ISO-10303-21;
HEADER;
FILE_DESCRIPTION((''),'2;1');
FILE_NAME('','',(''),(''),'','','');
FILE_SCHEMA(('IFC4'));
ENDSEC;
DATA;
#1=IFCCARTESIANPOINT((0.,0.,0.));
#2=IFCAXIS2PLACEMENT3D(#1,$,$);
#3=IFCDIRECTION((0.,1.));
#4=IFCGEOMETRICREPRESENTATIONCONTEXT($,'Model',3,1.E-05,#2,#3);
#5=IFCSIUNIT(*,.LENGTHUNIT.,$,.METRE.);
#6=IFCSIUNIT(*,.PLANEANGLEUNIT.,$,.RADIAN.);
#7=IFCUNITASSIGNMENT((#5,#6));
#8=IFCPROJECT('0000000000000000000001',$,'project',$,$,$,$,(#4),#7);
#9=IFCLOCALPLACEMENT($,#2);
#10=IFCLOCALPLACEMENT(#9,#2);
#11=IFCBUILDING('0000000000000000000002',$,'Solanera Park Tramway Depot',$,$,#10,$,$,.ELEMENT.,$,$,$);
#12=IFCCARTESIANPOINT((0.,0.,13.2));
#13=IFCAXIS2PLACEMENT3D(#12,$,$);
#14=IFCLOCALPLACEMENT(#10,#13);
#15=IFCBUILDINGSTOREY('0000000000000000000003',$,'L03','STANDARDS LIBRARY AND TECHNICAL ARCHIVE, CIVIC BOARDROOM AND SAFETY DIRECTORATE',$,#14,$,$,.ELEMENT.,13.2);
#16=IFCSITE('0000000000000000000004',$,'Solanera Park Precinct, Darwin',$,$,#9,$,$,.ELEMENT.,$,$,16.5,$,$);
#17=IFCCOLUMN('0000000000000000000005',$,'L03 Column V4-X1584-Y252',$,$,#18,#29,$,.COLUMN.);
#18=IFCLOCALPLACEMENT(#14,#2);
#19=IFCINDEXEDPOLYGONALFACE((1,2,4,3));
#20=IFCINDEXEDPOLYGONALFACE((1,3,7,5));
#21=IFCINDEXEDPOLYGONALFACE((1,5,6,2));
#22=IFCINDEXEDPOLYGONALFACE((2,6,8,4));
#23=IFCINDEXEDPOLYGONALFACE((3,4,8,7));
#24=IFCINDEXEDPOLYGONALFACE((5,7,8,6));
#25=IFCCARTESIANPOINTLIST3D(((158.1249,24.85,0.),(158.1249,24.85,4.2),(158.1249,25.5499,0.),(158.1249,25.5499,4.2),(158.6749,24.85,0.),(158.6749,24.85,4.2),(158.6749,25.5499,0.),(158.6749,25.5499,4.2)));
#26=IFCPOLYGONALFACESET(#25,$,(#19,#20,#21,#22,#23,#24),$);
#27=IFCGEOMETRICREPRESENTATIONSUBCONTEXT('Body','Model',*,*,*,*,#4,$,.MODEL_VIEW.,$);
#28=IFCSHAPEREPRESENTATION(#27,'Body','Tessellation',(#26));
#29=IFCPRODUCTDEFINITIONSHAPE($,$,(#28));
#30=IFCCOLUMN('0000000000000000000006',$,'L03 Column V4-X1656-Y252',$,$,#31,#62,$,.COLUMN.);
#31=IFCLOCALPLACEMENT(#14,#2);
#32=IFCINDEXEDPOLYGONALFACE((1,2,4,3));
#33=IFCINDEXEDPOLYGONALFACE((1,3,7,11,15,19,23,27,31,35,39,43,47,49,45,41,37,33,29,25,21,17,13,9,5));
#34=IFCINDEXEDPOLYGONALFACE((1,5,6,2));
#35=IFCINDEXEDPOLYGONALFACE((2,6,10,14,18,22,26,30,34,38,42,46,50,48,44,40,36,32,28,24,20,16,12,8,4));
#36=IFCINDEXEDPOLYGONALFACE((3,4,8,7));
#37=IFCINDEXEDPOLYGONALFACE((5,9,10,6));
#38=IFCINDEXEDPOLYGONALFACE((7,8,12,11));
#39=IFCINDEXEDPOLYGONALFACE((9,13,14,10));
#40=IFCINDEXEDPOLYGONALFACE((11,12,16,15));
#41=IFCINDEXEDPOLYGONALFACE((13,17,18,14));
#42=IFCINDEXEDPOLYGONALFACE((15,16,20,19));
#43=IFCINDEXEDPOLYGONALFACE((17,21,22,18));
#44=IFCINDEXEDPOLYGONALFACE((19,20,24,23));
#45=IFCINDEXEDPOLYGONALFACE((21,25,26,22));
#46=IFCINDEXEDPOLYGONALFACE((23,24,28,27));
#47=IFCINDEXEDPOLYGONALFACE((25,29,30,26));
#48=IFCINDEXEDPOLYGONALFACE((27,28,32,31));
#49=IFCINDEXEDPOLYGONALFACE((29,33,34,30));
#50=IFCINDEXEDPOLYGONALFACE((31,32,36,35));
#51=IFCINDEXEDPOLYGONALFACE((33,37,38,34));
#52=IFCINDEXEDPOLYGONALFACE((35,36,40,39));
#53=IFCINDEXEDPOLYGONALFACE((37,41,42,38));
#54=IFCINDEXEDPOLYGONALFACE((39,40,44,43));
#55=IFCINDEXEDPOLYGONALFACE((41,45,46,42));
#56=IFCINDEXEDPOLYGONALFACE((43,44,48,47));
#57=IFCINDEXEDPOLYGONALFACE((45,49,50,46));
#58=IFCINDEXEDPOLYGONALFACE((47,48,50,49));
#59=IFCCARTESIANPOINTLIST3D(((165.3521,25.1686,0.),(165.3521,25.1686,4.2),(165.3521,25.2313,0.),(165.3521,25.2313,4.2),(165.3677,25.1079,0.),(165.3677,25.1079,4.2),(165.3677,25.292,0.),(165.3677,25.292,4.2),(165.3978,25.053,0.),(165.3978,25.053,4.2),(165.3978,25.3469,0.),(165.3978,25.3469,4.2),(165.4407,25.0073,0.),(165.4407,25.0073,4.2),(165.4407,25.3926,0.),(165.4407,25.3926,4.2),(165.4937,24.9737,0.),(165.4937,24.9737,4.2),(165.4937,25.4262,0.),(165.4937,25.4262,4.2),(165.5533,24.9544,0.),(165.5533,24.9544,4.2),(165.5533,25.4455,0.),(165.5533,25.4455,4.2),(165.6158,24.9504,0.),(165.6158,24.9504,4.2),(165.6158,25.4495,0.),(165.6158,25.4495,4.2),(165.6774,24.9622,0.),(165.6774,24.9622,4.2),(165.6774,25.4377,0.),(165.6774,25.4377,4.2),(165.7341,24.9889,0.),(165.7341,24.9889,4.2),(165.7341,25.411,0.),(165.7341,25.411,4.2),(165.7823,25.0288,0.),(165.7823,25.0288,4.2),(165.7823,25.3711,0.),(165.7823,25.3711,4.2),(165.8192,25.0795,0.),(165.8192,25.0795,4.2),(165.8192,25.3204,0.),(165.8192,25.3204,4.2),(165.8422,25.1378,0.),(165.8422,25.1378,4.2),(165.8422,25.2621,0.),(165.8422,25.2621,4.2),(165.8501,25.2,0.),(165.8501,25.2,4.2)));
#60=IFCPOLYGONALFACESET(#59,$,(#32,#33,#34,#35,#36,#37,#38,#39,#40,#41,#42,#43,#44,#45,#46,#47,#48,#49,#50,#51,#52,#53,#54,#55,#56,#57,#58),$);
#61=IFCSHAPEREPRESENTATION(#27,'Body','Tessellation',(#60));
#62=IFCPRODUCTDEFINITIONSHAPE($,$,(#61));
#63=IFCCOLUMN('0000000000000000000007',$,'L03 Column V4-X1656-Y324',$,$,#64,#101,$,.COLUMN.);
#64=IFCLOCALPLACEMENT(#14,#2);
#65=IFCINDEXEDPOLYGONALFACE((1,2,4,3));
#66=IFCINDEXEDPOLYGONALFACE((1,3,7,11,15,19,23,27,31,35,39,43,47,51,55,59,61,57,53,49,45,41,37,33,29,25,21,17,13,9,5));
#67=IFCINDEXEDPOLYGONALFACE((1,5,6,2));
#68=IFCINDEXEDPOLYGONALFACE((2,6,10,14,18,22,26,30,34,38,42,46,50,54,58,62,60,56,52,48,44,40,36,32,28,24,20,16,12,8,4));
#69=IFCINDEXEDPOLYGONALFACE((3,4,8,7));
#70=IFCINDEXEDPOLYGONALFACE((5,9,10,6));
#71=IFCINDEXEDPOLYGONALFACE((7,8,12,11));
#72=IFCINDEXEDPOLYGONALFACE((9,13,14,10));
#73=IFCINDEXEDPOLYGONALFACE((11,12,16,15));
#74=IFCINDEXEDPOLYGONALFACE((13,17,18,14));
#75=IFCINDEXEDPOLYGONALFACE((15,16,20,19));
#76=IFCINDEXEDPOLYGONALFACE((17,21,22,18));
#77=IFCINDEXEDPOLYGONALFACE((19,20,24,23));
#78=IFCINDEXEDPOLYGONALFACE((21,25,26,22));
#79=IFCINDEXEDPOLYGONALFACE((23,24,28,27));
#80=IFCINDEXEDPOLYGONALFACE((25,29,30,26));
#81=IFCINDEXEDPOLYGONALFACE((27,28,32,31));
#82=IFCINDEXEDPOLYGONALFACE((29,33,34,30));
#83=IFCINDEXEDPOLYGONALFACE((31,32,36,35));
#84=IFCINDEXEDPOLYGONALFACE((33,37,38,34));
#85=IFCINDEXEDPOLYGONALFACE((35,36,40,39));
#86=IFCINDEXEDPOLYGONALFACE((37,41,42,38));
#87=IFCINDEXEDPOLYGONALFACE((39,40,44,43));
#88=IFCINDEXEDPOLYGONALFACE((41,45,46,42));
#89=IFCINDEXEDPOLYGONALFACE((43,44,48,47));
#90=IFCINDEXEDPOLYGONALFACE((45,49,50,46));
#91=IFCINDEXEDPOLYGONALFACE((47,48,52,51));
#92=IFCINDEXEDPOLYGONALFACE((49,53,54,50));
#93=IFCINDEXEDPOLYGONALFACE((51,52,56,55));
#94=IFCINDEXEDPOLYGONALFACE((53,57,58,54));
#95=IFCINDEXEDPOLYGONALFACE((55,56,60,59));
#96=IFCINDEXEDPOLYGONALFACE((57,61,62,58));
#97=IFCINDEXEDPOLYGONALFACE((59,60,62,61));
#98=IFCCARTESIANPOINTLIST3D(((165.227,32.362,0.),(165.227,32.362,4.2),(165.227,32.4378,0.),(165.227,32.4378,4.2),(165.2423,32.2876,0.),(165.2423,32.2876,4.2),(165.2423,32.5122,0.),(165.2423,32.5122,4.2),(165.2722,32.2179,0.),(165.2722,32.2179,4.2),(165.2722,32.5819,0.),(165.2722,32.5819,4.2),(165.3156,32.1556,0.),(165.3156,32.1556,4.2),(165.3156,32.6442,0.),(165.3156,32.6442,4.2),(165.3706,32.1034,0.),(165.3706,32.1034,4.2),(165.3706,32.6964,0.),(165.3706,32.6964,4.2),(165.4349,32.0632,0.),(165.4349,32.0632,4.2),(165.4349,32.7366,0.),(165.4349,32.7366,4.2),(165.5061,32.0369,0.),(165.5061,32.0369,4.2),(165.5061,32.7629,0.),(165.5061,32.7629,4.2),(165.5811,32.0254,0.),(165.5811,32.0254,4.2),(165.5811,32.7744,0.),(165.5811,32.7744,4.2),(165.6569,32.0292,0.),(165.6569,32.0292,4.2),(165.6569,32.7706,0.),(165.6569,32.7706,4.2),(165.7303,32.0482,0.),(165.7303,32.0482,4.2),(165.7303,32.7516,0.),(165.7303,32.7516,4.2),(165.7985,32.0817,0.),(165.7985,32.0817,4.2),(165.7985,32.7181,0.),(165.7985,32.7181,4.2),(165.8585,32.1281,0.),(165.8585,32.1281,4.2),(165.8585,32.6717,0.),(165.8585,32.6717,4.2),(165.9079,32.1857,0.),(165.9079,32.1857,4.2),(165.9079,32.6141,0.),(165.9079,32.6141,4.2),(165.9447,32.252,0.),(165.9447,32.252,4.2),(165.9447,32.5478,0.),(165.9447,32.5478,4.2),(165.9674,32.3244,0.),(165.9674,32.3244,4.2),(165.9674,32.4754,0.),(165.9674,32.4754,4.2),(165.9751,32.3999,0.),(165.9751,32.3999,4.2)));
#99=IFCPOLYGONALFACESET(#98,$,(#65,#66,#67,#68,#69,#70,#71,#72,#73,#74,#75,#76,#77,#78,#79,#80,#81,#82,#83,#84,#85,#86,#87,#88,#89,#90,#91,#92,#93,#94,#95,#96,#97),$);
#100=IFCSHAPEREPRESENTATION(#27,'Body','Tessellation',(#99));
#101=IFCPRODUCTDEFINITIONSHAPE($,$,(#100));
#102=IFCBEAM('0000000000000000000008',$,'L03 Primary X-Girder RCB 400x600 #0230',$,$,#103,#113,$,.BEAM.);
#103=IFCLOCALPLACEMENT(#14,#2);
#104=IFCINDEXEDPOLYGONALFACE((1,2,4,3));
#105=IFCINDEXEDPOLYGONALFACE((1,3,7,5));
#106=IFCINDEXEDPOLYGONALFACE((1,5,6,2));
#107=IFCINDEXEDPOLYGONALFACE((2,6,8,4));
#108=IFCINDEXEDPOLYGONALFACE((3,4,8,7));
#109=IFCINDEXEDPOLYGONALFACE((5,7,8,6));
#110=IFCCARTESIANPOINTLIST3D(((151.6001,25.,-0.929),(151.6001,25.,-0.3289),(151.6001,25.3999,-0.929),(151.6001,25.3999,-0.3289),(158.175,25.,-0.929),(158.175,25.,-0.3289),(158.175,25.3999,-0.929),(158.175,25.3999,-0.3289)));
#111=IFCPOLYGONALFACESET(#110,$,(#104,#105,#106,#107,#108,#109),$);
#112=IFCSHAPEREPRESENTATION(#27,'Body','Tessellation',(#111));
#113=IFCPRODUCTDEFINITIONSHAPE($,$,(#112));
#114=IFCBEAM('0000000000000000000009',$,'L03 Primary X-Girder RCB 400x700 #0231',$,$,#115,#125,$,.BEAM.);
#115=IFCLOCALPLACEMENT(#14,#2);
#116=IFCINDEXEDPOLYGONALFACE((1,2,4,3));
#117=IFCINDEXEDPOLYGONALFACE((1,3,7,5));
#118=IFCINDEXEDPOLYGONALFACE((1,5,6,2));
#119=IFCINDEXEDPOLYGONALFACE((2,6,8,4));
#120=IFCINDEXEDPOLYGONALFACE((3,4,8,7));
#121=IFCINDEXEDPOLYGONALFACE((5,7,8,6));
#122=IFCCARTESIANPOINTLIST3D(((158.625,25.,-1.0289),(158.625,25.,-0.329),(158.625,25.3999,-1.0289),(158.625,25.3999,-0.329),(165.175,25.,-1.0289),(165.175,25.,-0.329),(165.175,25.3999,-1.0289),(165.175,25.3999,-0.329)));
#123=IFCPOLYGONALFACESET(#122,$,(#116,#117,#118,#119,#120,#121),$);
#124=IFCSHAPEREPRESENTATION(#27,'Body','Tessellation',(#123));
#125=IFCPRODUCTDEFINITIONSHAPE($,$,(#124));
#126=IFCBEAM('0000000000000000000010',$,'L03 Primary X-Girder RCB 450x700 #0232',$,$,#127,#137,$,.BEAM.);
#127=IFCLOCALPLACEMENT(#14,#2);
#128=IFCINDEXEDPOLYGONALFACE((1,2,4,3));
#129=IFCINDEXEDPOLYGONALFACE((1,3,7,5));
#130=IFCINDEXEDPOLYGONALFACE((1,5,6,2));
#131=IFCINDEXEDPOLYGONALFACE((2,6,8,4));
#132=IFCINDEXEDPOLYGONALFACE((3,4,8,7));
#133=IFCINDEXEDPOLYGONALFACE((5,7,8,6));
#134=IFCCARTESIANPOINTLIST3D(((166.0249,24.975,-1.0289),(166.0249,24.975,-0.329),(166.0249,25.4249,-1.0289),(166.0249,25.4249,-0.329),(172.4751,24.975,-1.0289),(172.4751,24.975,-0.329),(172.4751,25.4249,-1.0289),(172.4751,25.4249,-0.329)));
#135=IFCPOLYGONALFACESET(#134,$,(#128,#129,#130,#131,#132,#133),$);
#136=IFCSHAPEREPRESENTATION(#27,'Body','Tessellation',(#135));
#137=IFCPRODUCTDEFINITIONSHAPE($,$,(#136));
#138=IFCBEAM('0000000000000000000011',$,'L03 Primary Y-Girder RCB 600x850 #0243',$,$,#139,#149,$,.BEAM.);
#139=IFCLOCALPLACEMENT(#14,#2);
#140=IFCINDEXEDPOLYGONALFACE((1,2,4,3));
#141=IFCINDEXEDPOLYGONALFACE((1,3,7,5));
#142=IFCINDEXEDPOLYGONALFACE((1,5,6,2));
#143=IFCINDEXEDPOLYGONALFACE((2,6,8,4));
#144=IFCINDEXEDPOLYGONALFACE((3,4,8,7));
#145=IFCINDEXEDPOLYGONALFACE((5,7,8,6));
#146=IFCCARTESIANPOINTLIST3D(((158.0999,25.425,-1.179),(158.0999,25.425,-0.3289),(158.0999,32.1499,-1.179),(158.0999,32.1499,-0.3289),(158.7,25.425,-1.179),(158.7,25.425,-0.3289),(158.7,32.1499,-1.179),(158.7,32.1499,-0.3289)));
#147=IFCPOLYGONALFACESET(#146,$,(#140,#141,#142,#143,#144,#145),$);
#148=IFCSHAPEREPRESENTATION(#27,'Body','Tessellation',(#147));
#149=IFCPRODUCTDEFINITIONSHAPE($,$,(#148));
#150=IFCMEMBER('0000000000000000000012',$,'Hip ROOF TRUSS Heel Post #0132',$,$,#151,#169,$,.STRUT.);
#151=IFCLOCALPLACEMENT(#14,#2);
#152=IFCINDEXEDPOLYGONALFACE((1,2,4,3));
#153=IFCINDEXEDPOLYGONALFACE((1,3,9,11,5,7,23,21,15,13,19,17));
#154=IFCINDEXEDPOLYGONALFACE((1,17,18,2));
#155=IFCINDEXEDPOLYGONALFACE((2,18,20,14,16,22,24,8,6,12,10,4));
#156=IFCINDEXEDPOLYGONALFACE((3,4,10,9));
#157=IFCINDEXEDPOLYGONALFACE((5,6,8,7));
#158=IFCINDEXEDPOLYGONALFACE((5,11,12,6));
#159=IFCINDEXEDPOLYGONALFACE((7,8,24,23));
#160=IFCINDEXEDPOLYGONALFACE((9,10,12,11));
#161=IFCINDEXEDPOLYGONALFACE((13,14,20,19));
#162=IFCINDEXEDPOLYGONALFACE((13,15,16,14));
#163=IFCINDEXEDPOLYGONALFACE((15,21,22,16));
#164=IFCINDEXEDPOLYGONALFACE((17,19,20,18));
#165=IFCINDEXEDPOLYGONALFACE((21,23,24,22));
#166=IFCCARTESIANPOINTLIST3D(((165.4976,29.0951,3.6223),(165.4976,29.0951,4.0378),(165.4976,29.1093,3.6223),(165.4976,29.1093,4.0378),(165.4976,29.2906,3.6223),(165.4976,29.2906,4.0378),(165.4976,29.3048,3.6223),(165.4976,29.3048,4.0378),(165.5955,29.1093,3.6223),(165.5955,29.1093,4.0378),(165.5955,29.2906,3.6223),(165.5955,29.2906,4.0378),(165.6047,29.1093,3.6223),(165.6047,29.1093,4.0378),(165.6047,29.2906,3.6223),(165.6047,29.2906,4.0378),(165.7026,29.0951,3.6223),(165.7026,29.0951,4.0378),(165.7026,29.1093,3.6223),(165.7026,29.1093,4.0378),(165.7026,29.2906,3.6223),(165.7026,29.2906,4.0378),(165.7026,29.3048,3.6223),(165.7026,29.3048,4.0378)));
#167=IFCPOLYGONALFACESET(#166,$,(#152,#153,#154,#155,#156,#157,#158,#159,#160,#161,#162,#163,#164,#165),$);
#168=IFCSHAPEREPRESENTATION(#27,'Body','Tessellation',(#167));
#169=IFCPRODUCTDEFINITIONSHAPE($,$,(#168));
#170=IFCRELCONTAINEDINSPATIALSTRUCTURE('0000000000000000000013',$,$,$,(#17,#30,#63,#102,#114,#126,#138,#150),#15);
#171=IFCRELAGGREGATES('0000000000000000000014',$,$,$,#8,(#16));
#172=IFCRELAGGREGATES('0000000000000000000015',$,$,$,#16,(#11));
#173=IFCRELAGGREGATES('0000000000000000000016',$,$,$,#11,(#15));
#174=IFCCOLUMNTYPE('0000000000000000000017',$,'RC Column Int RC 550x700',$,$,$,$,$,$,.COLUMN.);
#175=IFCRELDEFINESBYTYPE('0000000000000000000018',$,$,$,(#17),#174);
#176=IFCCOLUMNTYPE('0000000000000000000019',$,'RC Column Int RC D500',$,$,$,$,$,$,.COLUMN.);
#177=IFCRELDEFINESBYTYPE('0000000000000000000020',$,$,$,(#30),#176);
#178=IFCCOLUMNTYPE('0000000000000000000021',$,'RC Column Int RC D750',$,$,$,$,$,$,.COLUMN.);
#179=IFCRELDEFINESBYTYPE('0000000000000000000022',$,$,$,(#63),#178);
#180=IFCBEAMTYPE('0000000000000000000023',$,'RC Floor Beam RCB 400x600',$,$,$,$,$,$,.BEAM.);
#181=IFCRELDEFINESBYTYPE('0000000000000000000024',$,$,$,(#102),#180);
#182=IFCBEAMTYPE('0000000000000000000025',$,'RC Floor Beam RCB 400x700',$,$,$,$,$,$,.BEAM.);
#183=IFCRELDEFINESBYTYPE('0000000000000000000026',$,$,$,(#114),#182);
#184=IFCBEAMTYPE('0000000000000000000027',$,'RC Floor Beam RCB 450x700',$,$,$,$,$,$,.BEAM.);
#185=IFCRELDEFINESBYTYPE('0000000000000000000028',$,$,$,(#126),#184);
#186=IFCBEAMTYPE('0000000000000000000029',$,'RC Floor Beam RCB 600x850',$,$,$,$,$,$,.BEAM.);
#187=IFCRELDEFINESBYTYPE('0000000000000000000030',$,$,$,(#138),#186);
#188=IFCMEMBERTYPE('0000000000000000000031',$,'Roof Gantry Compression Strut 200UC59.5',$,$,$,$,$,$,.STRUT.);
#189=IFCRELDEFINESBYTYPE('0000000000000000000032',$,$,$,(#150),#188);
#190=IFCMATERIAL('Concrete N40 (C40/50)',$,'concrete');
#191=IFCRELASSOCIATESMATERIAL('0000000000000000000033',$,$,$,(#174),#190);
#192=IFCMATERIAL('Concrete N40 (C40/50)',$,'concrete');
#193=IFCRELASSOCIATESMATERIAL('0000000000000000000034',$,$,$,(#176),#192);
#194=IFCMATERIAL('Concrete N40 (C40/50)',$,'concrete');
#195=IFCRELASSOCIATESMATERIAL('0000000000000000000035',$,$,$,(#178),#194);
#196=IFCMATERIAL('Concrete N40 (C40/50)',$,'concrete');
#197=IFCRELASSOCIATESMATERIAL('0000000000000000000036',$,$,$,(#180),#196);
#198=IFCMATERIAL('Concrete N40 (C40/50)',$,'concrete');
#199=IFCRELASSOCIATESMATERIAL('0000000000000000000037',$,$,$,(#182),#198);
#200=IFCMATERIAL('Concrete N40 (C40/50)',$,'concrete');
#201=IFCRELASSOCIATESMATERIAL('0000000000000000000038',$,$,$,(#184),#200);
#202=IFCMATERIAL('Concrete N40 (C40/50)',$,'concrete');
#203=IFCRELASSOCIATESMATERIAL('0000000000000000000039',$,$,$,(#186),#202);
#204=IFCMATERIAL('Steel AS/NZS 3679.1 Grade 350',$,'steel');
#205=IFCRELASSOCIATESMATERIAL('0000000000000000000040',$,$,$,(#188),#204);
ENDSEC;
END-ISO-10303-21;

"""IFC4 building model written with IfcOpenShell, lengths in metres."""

from ifc_helpers import new_model, si_unit, direction, frame, origin, origin_2d, place, context, subcontext, project, spatial, rectangle, circle, i_section, extrude, material, material_profile, profile_set, type_object, element, save


model = new_model("IFC4")

# Units and contexts
model_context = context("Model", 3, precision=1e-05, world=origin(), true_north=direction((0.0, 1.0)))
body_context = subcontext(model_context, "Body", "Model", "MODEL_VIEW")
ifc_project = project(units=[si_unit("LENGTHUNIT", "METRE"), si_unit("PLANEANGLEUNIT", "RADIAN")], contexts=[model_context])

# Site, building, storey
site_placement = place(None, origin())
site = spatial("IfcSite", under=ifc_project, at=site_placement, Name="Solanera Park Precinct, Darwin", CompositionType="ELEMENT", RefElevation=16.5)
building_placement = place(site_placement, origin())
building = spatial("IfcBuilding", under=site, at=building_placement, Name="Solanera Park Tramway Depot", CompositionType="ELEMENT")
storey_placement = place(building_placement, frame((0.0, 0.0, 13.2)))
storey = spatial("IfcBuildingStorey", under=building, at=storey_placement, Name="L03", Description="STANDARDS LIBRARY AND TECHNICAL ARCHIVE, CIVIC BOARDROOM AND SAFETY DIRECTORATE", CompositionType="ELEMENT", Elevation=13.2)

# Columns
ifc_material_1 = material(Name="Concrete N40 (C40/50)", Category="concrete")
ifc_material_profile_1 = material_profile(ifc_material_1, rectangle(XDim=0.55, YDim=0.7, at=origin_2d()), Name="RC 550x700")
ifc_profile_set_1 = profile_set([ifc_material_profile_1], Name="Concrete N40 (C40/50)")
column_type_1 = type_object("IfcColumnType", Name="RC Column Int RC 550x700", PredefinedType="COLUMN", material=ifc_profile_set_1)
column_1_placement = place(storey_placement, frame((158.3999, 25.2, 0.0), z_axis=(0.0, 0.0, 1.0), x_axis=(1.0, 0.0, 0.0)))
element("IfcColumn", 1, at=column_1_placement, inside=storey, type_object=column_type_1, Name="L03 Column V4-X1584-Y252", PredefinedType="COLUMN", context=body_context, shape_type="SweptSolid", body=[
    extrude(rectangle(XDim=0.55, YDim=0.7, at=origin_2d()), origin(), (0.0, 0.0, 1.0), 4.2),
])
ifc_material_2 = material(Name="Concrete N40 (C40/50)", Category="concrete")
ifc_material_profile_2 = material_profile(ifc_material_2, circle(Radius=0.25, at=origin_2d()), Name="RC D500")
ifc_profile_set_2 = profile_set([ifc_material_profile_2], Name="Concrete N40 (C40/50)")
column_type_2 = type_object("IfcColumnType", Name="RC Column Int RC D500", PredefinedType="COLUMN", material=ifc_profile_set_2)
column_2_placement = place(storey_placement, frame((165.6001, 25.2, 0.0), z_axis=(0.0, 0.0, 1.0), x_axis=(1.0, 0.0, 0.0)))
element("IfcColumn", 2, at=column_2_placement, inside=storey, type_object=column_type_2, Name="L03 Column V4-X1656-Y252", PredefinedType="COLUMN", context=body_context, shape_type="SweptSolid", body=[
    extrude(circle(Radius=0.25, at=origin_2d()), origin(), (0.0, 0.0, 1.0), 4.2),
])
ifc_material_3 = material(Name="Concrete N40 (C40/50)", Category="concrete")
ifc_material_profile_3 = material_profile(ifc_material_3, circle(Radius=0.375, at=origin_2d()), Name="RC D750")
ifc_profile_set_3 = profile_set([ifc_material_profile_3], Name="Concrete N40 (C40/50)")
column_type_3 = type_object("IfcColumnType", Name="RC Column Int RC D750", PredefinedType="COLUMN", material=ifc_profile_set_3)
column_3_placement = place(storey_placement, frame((165.6001, 32.3999, 0.0), z_axis=(0.0, 0.0, 1.0), x_axis=(1.0, 0.0, 0.0)))
element("IfcColumn", 3, at=column_3_placement, inside=storey, type_object=column_type_3, Name="L03 Column V4-X1656-Y324", PredefinedType="COLUMN", context=body_context, shape_type="SweptSolid", body=[
    extrude(circle(Radius=0.375, at=origin_2d()), origin(), (0.0, 0.0, 1.0), 4.2),
])

# Beams
ifc_material_4 = material(Name="Concrete N40 (C40/50)", Category="concrete")
ifc_material_profile_4 = material_profile(ifc_material_4, rectangle(XDim=0.3999, YDim=0.6001, at=origin_2d()), Name="RCB 400x600")
ifc_profile_set_4 = profile_set([ifc_material_profile_4], Name="Concrete N40 (C40/50)")
beam_type_1 = type_object("IfcBeamType", Name="RC Floor Beam RCB 400x600", PredefinedType="BEAM", material=ifc_profile_set_4)
beam_1_placement = place(storey_placement, frame((151.6001, 25.2, -0.6289), z_axis=(1.0, 0.0, 0.0), x_axis=(0.0, 1.0, 0.0)))
element("IfcBeam", 4, at=beam_1_placement, inside=storey, type_object=beam_type_1, Name="L03 Primary X-Girder RCB 400x600 #0230", PredefinedType="BEAM", context=body_context, shape_type="SweptSolid", body=[
    extrude(rectangle(XDim=0.3999, YDim=0.6001, at=origin_2d()), origin(), (0.0, 0.0, 1.0), 6.575),
])
ifc_material_5 = material(Name="Concrete N40 (C40/50)", Category="concrete")
ifc_material_profile_5 = material_profile(ifc_material_5, rectangle(XDim=0.3999, YDim=0.7, at=origin_2d()), Name="RCB 400x700")
ifc_profile_set_5 = profile_set([ifc_material_profile_5], Name="Concrete N40 (C40/50)")
beam_type_2 = type_object("IfcBeamType", Name="RC Floor Beam RCB 400x700", PredefinedType="BEAM", material=ifc_profile_set_5)
beam_2_placement = place(storey_placement, frame((158.625, 25.2, -0.679), z_axis=(1.0, 0.0, 0.0), x_axis=(0.0, 1.0, 0.0)))
element("IfcBeam", 5, at=beam_2_placement, inside=storey, type_object=beam_type_2, Name="L03 Primary X-Girder RCB 400x700 #0231", PredefinedType="BEAM", context=body_context, shape_type="SweptSolid", body=[
    extrude(rectangle(XDim=0.3999, YDim=0.7, at=origin_2d()), origin(), (0.0, 0.0, 1.0), 6.55),
])
ifc_material_6 = material(Name="Concrete N40 (C40/50)", Category="concrete")
ifc_material_profile_6 = material_profile(ifc_material_6, rectangle(XDim=0.45, YDim=0.7, at=origin_2d()), Name="RCB 450x700")
ifc_profile_set_6 = profile_set([ifc_material_profile_6], Name="Concrete N40 (C40/50)")
beam_type_3 = type_object("IfcBeamType", Name="RC Floor Beam RCB 450x700", PredefinedType="BEAM", material=ifc_profile_set_6)
beam_3_placement = place(storey_placement, frame((166.0249, 25.2, -0.679), z_axis=(1.0, 0.0, 0.0), x_axis=(0.0, 1.0, 0.0)))
element("IfcBeam", 6, at=beam_3_placement, inside=storey, type_object=beam_type_3, Name="L03 Primary X-Girder RCB 450x700 #0232", PredefinedType="BEAM", context=body_context, shape_type="SweptSolid", body=[
    extrude(rectangle(XDim=0.45, YDim=0.7, at=origin_2d()), origin(), (0.0, 0.0, 1.0), 6.4502),
])
ifc_material_7 = material(Name="Concrete N40 (C40/50)", Category="concrete")
ifc_material_profile_7 = material_profile(ifc_material_7, rectangle(XDim=0.6001, YDim=0.8501, at=origin_2d()), Name="RCB 600x850")
ifc_profile_set_7 = profile_set([ifc_material_profile_7], Name="Concrete N40 (C40/50)")
beam_type_4 = type_object("IfcBeamType", Name="RC Floor Beam RCB 600x850", PredefinedType="BEAM", material=ifc_profile_set_7)
beam_4_placement = place(storey_placement, frame((158.3999, 25.425, -0.7539), z_axis=(0.0, 1.0, 0.0), x_axis=(-1.0, 0.0, 0.0)))
element("IfcBeam", 7, at=beam_4_placement, inside=storey, type_object=beam_type_4, Name="L03 Primary Y-Girder RCB 600x850 #0243", PredefinedType="BEAM", context=body_context, shape_type="SweptSolid", body=[
    extrude(rectangle(XDim=0.6001, YDim=0.8501, at=origin_2d()), origin(), (0.0, 0.0, 1.0), 6.7249),
])

# Member
ifc_material_8 = material(Name="Steel AS/NZS 3679.1 Grade 350", Category="steel")
ifc_material_profile_8 = material_profile(ifc_material_8, i_section(OverallWidth=0.2051, OverallDepth=0.2097, WebThickness=0.0093, FlangeThickness=0.0142, at=origin_2d()), Name="200UC59.5")
ifc_profile_set_8 = profile_set([ifc_material_profile_8], Name="Steel AS/NZS 3679.1 Grade 350")
member_type_1 = type_object("IfcMemberType", Name="Roof Gantry Compression Strut 200UC59.5", PredefinedType="STRUT", material=ifc_profile_set_8)
member_1_placement = place(storey_placement, frame((165.6001, 29.2, 3.6223), z_axis=(0.0, 0.0, 1.0), x_axis=(1.0, 0.0, 0.0)))
element("IfcMember", 8, at=member_1_placement, inside=storey, type_object=member_type_1, Name="Hip ROOF TRUSS Heel Post #0132", PredefinedType="STRUT", context=body_context, shape_type="SweptSolid", body=[
    extrude(i_section(OverallWidth=0.2051, OverallDepth=0.2097, WebThickness=0.0093, FlangeThickness=0.0142, at=origin_2d()), origin(), (0.0, 0.0, 1.0), 0.4155),
])

save(model, "model.ifc")
